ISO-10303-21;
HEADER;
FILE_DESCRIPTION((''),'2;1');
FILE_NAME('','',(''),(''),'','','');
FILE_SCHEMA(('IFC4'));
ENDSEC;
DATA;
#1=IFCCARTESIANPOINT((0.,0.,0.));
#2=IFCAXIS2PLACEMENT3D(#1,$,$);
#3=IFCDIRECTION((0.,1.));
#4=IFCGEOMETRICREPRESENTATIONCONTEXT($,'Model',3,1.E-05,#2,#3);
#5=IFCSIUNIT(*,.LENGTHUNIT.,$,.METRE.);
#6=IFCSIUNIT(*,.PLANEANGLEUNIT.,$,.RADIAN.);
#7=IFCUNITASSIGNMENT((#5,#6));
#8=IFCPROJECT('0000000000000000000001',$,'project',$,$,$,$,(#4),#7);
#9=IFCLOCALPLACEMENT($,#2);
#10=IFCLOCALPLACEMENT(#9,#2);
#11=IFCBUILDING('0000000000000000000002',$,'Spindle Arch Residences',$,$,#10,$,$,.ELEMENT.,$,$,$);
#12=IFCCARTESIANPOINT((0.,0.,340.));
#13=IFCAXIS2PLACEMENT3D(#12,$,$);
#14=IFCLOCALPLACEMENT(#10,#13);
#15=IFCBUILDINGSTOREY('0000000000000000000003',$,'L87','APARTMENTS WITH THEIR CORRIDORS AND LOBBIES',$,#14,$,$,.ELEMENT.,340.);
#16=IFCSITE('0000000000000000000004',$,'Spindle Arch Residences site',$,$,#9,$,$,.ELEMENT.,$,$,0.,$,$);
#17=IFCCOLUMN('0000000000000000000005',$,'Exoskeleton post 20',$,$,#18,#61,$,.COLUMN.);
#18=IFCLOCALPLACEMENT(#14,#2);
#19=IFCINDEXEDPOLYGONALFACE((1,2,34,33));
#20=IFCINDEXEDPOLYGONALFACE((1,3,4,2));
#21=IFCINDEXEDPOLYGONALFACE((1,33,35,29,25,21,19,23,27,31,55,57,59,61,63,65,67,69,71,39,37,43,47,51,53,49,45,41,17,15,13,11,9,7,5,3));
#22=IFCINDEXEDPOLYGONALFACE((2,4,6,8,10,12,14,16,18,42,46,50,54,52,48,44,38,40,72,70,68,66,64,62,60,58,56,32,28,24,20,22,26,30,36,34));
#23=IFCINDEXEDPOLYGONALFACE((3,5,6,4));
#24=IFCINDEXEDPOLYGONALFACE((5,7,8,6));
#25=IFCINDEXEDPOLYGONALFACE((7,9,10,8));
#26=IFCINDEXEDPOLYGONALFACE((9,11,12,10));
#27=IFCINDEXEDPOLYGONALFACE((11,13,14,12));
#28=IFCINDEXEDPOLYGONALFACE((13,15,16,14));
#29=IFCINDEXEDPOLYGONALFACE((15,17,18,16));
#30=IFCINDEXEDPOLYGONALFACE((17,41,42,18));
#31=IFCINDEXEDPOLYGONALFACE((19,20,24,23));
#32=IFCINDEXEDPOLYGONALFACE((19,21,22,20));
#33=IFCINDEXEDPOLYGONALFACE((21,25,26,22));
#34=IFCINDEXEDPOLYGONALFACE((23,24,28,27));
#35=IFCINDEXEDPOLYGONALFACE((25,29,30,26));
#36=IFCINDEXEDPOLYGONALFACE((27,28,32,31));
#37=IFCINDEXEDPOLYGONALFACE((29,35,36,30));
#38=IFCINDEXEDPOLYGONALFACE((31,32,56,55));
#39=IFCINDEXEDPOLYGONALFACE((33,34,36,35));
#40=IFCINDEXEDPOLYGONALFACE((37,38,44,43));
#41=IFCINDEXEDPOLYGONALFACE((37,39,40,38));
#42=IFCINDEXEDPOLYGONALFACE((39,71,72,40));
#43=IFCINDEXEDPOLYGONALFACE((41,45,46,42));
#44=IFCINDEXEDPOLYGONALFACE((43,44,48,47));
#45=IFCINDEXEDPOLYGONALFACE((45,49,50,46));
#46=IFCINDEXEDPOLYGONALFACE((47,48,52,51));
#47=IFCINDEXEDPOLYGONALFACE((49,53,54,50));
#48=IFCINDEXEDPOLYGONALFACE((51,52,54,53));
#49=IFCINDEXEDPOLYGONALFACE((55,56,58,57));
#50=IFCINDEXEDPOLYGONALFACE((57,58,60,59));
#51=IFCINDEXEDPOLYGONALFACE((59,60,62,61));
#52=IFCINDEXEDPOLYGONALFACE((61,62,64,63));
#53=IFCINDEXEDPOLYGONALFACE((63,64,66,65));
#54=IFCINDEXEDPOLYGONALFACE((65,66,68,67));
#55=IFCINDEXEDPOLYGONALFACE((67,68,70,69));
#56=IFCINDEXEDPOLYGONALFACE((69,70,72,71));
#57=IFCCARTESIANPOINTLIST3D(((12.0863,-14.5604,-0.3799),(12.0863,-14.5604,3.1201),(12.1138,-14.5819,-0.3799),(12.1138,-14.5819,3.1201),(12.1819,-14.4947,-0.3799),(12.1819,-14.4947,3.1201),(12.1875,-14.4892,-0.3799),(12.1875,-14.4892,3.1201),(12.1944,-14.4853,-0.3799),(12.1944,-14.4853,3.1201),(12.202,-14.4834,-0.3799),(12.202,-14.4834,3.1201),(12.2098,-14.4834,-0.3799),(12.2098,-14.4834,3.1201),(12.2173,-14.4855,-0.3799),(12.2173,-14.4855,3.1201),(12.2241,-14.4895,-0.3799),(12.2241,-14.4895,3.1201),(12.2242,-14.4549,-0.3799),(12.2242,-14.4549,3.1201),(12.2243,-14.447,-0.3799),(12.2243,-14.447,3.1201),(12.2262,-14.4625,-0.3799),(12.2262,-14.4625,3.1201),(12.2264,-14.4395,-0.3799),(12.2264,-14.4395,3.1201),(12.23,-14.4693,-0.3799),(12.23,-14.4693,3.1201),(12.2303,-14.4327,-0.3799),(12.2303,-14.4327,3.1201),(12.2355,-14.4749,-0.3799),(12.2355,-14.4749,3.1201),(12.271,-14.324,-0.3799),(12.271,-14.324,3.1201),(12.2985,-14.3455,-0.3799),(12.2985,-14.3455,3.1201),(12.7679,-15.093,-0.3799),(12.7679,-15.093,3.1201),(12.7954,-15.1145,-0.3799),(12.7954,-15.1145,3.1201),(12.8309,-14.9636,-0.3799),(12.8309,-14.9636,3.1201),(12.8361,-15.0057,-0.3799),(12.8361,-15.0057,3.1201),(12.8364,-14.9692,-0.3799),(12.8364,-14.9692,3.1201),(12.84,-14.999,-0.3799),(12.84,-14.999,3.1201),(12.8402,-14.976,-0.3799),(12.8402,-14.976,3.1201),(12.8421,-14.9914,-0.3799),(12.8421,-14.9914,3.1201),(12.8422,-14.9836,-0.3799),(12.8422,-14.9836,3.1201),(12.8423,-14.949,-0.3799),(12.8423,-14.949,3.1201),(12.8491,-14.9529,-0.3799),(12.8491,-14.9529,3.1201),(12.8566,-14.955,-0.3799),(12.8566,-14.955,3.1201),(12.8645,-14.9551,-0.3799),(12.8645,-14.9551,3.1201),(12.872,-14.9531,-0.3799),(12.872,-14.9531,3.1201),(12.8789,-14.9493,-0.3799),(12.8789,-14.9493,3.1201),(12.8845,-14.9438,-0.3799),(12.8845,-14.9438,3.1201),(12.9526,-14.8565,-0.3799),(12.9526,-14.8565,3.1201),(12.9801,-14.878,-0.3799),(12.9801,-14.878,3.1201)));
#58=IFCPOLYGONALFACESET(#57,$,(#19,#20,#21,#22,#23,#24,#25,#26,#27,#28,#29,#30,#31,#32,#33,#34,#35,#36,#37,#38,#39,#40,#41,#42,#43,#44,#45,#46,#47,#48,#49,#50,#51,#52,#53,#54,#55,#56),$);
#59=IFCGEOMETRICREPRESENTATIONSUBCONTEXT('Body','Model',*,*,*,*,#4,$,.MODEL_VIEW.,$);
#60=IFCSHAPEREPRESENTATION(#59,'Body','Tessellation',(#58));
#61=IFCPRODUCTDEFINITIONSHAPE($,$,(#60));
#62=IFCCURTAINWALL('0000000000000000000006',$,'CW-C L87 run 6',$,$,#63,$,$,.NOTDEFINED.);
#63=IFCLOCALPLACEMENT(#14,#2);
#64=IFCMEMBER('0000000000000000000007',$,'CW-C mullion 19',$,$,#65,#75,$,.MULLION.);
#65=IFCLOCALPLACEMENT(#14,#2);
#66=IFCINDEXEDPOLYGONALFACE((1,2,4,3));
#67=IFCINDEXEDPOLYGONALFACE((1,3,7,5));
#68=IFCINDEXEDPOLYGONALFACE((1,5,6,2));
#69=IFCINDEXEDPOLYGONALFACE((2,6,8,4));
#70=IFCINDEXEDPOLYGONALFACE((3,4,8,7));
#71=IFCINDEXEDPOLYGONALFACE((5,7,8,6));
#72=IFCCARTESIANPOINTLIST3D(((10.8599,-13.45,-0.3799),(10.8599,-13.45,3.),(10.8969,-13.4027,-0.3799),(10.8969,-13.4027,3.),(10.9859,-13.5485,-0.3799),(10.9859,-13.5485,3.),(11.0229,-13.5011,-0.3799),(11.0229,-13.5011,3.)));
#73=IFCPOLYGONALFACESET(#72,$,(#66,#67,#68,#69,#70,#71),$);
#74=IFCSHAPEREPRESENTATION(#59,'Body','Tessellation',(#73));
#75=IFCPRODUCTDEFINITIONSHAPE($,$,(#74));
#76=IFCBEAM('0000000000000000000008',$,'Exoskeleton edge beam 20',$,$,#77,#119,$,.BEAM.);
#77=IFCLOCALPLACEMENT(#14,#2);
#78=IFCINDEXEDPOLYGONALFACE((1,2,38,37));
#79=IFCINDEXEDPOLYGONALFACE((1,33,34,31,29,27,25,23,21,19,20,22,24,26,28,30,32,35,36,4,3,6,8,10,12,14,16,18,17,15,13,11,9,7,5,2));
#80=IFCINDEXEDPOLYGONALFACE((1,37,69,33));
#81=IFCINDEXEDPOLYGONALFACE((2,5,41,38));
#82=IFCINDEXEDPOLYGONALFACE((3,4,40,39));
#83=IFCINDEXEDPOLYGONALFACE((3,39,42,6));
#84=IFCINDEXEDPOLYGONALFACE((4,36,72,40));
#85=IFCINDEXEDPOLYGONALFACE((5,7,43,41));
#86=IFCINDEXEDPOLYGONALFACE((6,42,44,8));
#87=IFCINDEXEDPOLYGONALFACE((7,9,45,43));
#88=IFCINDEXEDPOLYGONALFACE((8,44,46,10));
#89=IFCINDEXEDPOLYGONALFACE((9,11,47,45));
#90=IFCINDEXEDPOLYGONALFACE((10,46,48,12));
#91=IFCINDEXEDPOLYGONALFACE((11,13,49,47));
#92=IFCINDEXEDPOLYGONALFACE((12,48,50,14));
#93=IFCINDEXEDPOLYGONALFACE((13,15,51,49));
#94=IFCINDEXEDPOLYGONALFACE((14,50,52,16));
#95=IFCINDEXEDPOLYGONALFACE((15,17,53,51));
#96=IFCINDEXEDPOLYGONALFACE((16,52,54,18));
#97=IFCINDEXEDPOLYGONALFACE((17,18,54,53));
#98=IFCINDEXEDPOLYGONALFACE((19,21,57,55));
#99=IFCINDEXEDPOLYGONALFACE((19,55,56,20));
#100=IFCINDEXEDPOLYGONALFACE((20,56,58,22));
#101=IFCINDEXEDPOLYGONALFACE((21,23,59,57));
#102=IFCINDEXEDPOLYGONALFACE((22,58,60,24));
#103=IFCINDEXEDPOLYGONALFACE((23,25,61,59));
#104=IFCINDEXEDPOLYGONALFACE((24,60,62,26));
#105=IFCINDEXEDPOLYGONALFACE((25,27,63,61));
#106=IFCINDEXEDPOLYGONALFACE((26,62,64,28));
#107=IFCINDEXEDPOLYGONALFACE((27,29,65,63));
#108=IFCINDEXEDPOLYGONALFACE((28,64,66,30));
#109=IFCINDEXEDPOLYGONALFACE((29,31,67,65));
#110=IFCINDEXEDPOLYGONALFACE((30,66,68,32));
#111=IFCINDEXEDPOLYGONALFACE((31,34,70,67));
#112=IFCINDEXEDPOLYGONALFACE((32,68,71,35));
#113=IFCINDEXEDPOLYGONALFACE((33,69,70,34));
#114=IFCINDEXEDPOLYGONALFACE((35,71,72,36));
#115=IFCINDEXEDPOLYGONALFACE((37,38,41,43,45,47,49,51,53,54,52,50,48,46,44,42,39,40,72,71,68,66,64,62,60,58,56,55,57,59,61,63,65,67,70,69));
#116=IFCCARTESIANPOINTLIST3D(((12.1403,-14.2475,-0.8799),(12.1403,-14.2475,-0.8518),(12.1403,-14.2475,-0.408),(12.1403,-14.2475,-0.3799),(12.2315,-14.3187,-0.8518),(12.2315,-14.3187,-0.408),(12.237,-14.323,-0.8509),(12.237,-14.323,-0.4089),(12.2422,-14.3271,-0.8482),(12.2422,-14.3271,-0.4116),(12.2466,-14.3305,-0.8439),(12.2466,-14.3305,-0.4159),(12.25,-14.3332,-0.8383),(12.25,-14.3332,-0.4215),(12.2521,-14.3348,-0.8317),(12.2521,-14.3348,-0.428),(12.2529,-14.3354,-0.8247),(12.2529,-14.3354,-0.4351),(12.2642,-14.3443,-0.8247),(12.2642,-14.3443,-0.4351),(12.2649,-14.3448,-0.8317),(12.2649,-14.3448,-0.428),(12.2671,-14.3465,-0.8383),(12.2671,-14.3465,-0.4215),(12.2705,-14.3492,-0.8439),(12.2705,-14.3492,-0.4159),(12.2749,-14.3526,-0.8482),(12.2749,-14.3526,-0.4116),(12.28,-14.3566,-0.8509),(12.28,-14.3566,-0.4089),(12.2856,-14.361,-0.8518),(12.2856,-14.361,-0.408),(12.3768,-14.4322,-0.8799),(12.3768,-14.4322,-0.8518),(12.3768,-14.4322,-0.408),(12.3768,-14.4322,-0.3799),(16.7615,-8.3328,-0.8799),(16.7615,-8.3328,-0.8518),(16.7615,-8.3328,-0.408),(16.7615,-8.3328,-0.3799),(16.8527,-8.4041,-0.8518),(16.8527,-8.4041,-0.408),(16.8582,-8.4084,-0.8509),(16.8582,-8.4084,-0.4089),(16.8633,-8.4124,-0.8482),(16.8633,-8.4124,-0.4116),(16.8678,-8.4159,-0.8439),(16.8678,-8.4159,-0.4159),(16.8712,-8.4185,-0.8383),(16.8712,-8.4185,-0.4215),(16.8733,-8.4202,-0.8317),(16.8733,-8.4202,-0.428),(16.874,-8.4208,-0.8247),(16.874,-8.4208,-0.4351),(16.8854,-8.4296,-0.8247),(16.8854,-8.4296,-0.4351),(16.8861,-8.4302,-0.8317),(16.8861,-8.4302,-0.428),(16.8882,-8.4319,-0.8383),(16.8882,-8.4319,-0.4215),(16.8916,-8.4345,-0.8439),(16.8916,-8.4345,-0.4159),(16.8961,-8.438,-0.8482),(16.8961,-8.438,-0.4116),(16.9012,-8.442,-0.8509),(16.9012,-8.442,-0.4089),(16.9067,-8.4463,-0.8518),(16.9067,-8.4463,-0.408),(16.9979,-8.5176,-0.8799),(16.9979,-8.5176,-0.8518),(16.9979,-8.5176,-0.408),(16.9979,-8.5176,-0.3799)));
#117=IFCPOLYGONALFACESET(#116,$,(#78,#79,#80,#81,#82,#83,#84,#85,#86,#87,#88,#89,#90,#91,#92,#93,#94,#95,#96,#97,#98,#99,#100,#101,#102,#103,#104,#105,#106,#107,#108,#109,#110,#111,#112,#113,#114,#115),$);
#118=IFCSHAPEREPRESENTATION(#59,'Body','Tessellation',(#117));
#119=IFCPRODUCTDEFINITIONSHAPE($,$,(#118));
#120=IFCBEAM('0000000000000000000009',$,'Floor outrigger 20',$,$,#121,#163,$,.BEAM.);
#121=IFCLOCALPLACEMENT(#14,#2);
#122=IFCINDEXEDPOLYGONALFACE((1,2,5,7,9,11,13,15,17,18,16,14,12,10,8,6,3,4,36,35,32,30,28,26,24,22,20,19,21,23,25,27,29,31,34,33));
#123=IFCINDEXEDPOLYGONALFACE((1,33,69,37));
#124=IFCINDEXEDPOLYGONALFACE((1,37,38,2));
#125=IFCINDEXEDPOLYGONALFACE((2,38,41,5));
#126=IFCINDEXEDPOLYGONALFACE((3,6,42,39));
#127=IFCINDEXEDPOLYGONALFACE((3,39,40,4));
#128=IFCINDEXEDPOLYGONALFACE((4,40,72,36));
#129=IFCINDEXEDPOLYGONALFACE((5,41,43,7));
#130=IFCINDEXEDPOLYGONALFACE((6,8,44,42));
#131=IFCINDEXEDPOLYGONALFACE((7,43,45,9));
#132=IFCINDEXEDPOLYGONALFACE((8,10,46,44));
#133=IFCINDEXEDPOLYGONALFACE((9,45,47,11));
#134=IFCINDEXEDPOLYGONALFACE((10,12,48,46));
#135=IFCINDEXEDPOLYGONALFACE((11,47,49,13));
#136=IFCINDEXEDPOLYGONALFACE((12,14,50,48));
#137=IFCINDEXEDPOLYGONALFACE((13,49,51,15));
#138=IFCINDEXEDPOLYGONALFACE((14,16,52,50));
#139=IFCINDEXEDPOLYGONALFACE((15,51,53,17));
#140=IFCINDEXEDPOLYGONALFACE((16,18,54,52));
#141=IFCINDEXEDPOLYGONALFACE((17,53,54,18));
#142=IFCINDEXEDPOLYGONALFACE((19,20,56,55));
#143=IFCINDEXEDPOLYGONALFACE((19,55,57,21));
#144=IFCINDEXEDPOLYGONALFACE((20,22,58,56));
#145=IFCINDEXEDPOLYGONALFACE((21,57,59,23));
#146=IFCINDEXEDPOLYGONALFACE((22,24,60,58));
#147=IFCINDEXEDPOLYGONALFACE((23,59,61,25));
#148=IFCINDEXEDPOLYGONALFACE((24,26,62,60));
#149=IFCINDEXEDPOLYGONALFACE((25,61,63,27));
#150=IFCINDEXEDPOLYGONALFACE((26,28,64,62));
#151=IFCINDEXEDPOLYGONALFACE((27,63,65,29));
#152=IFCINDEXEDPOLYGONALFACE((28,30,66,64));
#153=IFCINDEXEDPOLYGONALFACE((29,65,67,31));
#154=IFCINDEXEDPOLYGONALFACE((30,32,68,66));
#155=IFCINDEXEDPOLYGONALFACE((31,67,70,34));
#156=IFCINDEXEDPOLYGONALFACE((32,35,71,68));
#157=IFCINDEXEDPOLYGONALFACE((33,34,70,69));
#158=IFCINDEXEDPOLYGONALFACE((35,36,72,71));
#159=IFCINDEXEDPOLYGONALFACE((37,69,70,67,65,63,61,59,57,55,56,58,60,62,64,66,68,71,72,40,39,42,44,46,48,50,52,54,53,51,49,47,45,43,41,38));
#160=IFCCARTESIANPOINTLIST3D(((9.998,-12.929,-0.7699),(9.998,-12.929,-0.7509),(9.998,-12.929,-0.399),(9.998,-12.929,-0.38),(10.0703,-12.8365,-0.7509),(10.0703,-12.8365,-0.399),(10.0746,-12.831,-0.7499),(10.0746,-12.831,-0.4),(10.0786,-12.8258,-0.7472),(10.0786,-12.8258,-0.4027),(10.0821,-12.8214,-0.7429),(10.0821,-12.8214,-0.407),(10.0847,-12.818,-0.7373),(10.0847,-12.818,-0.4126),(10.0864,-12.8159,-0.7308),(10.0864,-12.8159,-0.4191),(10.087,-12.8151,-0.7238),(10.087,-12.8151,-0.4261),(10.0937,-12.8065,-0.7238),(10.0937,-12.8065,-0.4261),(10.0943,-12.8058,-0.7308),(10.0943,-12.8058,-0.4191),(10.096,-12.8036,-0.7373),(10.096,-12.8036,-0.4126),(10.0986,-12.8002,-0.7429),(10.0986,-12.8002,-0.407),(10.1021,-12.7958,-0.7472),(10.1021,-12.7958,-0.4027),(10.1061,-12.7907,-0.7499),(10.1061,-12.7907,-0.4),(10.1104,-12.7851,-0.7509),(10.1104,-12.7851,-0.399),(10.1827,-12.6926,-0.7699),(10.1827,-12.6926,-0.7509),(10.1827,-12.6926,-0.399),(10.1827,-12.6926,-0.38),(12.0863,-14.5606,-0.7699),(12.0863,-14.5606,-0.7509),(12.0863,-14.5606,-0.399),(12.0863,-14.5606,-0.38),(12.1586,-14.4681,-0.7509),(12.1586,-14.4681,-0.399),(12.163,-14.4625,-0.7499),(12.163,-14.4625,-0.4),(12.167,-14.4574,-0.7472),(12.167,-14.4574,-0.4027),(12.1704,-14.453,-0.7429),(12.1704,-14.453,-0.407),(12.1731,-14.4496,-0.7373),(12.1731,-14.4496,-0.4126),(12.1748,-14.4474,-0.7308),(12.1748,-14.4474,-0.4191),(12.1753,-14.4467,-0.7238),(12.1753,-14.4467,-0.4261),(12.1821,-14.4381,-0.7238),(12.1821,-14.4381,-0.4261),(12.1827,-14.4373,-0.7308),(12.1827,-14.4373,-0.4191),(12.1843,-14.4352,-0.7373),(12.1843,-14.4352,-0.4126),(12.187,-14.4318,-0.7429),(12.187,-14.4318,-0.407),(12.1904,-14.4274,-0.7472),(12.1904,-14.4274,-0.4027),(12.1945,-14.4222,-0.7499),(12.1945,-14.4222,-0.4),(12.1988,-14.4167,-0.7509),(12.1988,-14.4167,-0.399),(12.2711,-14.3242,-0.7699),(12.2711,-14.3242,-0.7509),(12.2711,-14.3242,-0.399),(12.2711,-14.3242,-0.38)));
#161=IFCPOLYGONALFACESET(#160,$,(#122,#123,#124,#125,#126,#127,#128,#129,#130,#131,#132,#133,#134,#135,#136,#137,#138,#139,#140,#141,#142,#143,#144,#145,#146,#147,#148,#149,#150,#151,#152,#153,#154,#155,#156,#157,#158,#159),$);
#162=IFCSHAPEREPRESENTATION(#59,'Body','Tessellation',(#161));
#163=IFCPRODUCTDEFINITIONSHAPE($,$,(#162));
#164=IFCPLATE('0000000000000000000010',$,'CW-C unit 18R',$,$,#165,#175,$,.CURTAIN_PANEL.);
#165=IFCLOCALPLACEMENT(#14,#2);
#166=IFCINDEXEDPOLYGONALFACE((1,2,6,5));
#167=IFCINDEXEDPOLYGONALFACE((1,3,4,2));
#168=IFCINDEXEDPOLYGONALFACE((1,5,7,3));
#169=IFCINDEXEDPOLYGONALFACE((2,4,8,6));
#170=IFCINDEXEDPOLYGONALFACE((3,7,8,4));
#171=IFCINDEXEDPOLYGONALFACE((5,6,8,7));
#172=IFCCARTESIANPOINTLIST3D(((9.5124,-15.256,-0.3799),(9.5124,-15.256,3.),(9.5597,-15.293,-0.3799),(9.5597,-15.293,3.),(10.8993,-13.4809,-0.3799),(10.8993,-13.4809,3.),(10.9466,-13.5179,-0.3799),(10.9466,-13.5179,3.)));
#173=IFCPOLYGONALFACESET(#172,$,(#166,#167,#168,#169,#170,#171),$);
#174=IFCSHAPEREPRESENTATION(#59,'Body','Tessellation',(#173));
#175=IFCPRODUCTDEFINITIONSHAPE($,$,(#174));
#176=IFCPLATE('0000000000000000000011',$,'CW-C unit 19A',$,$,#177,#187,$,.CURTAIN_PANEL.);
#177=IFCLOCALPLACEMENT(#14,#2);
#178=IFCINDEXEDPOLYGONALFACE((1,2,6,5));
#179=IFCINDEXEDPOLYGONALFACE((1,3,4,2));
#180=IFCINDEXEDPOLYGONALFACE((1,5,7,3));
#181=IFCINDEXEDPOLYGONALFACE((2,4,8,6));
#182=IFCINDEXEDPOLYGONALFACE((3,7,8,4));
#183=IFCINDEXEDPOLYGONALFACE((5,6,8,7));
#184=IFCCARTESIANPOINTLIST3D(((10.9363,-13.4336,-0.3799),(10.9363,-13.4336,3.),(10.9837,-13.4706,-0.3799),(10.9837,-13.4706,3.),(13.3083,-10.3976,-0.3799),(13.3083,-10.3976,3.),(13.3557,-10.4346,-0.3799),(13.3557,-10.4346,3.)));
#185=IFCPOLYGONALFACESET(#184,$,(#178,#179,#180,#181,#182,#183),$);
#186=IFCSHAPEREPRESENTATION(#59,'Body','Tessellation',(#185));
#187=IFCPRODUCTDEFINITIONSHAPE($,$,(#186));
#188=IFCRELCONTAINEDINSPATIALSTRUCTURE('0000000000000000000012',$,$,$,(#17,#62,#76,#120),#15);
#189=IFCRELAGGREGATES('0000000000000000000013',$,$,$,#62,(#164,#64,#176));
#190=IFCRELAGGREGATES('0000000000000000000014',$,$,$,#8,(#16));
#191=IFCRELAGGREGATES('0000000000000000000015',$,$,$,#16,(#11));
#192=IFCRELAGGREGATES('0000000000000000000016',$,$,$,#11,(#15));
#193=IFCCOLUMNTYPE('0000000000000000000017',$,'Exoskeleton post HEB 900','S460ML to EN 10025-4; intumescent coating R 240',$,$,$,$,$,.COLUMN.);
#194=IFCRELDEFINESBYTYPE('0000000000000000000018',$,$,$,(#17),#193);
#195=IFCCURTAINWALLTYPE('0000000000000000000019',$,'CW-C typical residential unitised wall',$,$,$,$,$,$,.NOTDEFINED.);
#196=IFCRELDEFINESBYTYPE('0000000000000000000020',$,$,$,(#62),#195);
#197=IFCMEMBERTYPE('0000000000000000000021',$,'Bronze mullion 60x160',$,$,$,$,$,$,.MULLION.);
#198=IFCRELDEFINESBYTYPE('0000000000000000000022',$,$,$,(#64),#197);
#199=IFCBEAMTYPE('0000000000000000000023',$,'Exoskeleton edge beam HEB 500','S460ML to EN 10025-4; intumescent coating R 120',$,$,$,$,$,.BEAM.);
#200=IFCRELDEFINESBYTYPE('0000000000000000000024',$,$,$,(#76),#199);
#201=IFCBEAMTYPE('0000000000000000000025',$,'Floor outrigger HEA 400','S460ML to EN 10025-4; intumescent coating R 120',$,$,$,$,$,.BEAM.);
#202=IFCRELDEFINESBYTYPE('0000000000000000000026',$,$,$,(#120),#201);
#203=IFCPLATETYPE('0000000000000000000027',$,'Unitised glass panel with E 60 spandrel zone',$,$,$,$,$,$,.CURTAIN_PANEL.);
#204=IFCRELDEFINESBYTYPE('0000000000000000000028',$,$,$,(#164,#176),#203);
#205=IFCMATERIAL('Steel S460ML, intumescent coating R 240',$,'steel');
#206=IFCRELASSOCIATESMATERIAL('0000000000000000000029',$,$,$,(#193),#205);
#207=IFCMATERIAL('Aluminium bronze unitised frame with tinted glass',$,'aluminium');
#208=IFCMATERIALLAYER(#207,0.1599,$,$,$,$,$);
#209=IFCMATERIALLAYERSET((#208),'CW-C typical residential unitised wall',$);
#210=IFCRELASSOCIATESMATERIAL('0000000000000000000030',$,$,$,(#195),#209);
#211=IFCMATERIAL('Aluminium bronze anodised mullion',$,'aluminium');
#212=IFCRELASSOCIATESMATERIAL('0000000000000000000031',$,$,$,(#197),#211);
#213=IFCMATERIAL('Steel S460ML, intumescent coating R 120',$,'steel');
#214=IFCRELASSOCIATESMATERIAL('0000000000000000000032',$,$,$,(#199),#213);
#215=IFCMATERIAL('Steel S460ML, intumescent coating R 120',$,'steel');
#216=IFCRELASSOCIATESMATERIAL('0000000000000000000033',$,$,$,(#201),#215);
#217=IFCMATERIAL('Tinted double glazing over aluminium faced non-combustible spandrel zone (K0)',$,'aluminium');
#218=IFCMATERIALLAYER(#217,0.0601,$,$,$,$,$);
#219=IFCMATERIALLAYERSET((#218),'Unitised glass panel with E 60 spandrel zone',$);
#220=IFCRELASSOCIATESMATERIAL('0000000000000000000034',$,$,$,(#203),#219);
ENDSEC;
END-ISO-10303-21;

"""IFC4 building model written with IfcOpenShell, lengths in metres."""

from ifc_helpers import new_model, si_unit, direction, frame, origin, origin_2d, place, context, subcontext, project, spatial, rectangle, i_section, extrude, material, layer, layer_set, material_profile, profile_set, type_object, element, aggregate, save


model = new_model("IFC4")

# Units and contexts
model_context = context("Model", 3, precision=1e-05, world=origin(), true_north=direction((0.0, 1.0)))
body_context = subcontext(model_context, "Body", "Model", "MODEL_VIEW")
ifc_project = project(units=[si_unit("LENGTHUNIT", "METRE"), si_unit("PLANEANGLEUNIT", "RADIAN")], contexts=[model_context])

# Site, building, storey
site_placement = place(None, origin())
site = spatial("IfcSite", under=ifc_project, at=site_placement, Name="Spindle Arch Residences site", CompositionType="ELEMENT", RefElevation=0.0)
building_placement = place(site_placement, origin())
building = spatial("IfcBuilding", under=site, at=building_placement, Name="Spindle Arch Residences", CompositionType="ELEMENT")
storey_placement = place(building_placement, frame((0.0, 0.0, 340.0)))
storey = spatial("IfcBuildingStorey", under=building, at=storey_placement, Name="L87", Description="APARTMENTS WITH THEIR CORRIDORS AND LOBBIES", CompositionType="ELEMENT", Elevation=340.0)

# Column
ifc_material_1 = material(Name="Steel S460ML, intumescent coating R 240", Category="steel")
ifc_material_profile_1 = material_profile(ifc_material_1, i_section(OverallWidth=0.3, OverallDepth=0.8999, WebThickness=0.0186, FlangeThickness=0.0349, FilletRadius=0.03, at=origin_2d()), Name="HEB 900")
ifc_profile_set_1 = profile_set([ifc_material_profile_1], Name="Steel S460ML, intumescent coating R 240")
column_type = type_object("IfcColumnType", Name="Exoskeleton post HEB 900", Description="S460ML to EN 10025-4; intumescent coating R 240", PredefinedType="COLUMN", material=ifc_profile_set_1)
column_placement = place(storey_placement, frame((12.5332, -14.7192, -0.3799), z_axis=(0.0, 0.0, 1.0), x_axis=(-0.615661, -0.788011, 0.0)))
element("IfcColumn", 1, at=column_placement, inside=storey, type_object=column_type, Name="Exoskeleton post 20", PredefinedType="COLUMN", context=body_context, shape_type="SweptSolid", body=[
    extrude(i_section(OverallWidth=0.3, OverallDepth=0.8999, WebThickness=0.0186, FlangeThickness=0.0349, FilletRadius=0.03, at=origin_2d()), origin(), (0.0, 0.0, 1.0), 3.5),
])

# Curtain wall, member
ifc_material_2 = material(Name="Aluminium bronze unitised frame with tinted glass", Category="aluminium")
ifc_layer_1 = layer(ifc_material_2, 0.1599)
ifc_layer_set_1 = layer_set([ifc_layer_1], Name="CW-C typical residential unitised wall")
curtain_wall_type = type_object("IfcCurtainWallType", Name="CW-C typical residential unitised wall", PredefinedType="NOTDEFINED", material=ifc_layer_set_1)
curtain_wall_placement = place(storey_placement, origin())
curtain_wall = element("IfcCurtainWall", 2, at=curtain_wall_placement, inside=storey, type_object=curtain_wall_type, Name="CW-C L87 run 6", PredefinedType="NOTDEFINED")
ifc_material_3 = material(Name="Aluminium bronze anodised mullion", Category="aluminium")
ifc_material_profile_2 = material_profile(ifc_material_3, rectangle(XDim=0.1599, YDim=0.0601, at=origin_2d()), Name="MU 60x160")
ifc_profile_set_2 = profile_set([ifc_material_profile_2], Name="Aluminium bronze anodised mullion")
member_type = type_object("IfcMemberType", Name="Bronze mullion 60x160", PredefinedType="MULLION", material=ifc_profile_set_2)
member_placement = place(storey_placement, frame((10.9414, -13.4756, -0.3799), z_axis=(0.0, 0.0, 1.0), x_axis=(-0.788011, 0.615661, 0.0)))
member = element("IfcMember", 3, at=member_placement, type_object=member_type, Name="CW-C mullion 19", PredefinedType="MULLION", context=body_context, shape_type="SweptSolid", body=[
    extrude(rectangle(XDim=0.1599, YDim=0.0601, at=origin_2d()), origin(), (0.0, 0.0, 1.0), 3.3799),
])

# Beams
ifc_material_4 = material(Name="Steel S460ML, intumescent coating R 120", Category="steel")
ifc_material_profile_3 = material_profile(ifc_material_4, i_section(OverallWidth=0.3, OverallDepth=0.5, WebThickness=0.0144, FlangeThickness=0.0281, FilletRadius=0.0271, at=origin_2d()), Name="HEB 500")
ifc_profile_set_3 = profile_set([ifc_material_profile_3], Name="Steel S460ML, intumescent coating R 120")
beam_type_1 = type_object("IfcBeamType", Name="Exoskeleton edge beam HEB 500", Description="S460ML to EN 10025-4; intumescent coating R 120", PredefinedType="BEAM", material=ifc_profile_set_3)
beam_1_placement = place(storey_placement, frame((12.2585, -14.3398, -0.6299), z_axis=(0.615673, 0.788002, 0.0), x_axis=(-0.788002, 0.615673, 0.0)))
element("IfcBeam", 4, at=beam_1_placement, inside=storey, type_object=beam_type_1, Name="Exoskeleton edge beam 20", PredefinedType="BEAM", context=body_context, shape_type="SweptSolid", body=[
    extrude(i_section(OverallWidth=0.3, OverallDepth=0.5, WebThickness=0.0144, FlangeThickness=0.0281, FilletRadius=0.0271, at=origin_2d()), origin(), (0.0, 0.0, 1.0), 7.5059),
])
ifc_material_5 = material(Name="Steel S460ML, intumescent coating R 120", Category="steel")
ifc_material_profile_4 = material_profile(ifc_material_5, i_section(OverallWidth=0.3, OverallDepth=0.3899, WebThickness=0.011, FlangeThickness=0.019, FilletRadius=0.0271, at=origin_2d()), Name="HEA 400")
ifc_profile_set_4 = profile_set([ifc_material_profile_4], Name="Steel S460ML, intumescent coating R 120")
beam_type_2 = type_object("IfcBeamType", Name="Floor outrigger HEA 400", Description="S460ML to EN 10025-4; intumescent coating R 120", PredefinedType="BEAM", material=ifc_profile_set_4)
beam_2_placement = place(storey_placement, frame((12.1787, -14.4424, -0.575), z_axis=(-0.788016, 0.615655, 0.0), x_axis=(-0.615655, -0.788016, 0.0)))
element("IfcBeam", 5, at=beam_2_placement, inside=storey, type_object=beam_type_2, Name="Floor outrigger 20", PredefinedType="BEAM", context=body_context, shape_type="SweptSolid", body=[
    extrude(i_section(OverallWidth=0.3, OverallDepth=0.3899, WebThickness=0.011, FlangeThickness=0.019, FilletRadius=0.0271, at=origin_2d()), origin(), (0.0, 0.0, 1.0), 2.6501),
])

# Plates
ifc_material_6 = material(Name="Tinted double glazing over aluminium faced non-combustible spandrel zone (K0)", Category="aluminium")
ifc_layer_2 = layer(ifc_material_6, 0.0601)
ifc_layer_set_2 = layer_set([ifc_layer_2], Name="Unitised glass panel with E 60 spandrel zone")
plate_type = type_object("IfcPlateType", Name="Unitised glass panel with E 60 spandrel zone", PredefinedType="CURTAIN_PANEL", material=ifc_layer_set_2)
plate_1_placement = place(storey_placement, frame((10.2295, -14.387, -0.3799), z_axis=(0.0, 0.0, 1.0), x_axis=(0.615661, 0.788011, 0.0)))
plate_1 = element("IfcPlate", 6, at=plate_1_placement, type_object=plate_type, Name="CW-C unit 18R", PredefinedType="CURTAIN_PANEL", context=body_context, shape_type="SweptSolid", body=[
    extrude(rectangle(XDim=2.2527, YDim=0.0601, at=origin_2d()), origin(), (0.0, 0.0, 1.0), 3.3799),
])
plate_2_placement = place(storey_placement, frame((12.146, -11.9341, -0.3799), z_axis=(0.0, 0.0, 1.0), x_axis=(0.615661, 0.788011, 0.0)))
plate_2 = element("IfcPlate", 7, at=plate_2_placement, type_object=plate_type, Name="CW-C unit 19A", PredefinedType="CURTAIN_PANEL", context=body_context, shape_type="SweptSolid", body=[
    extrude(rectangle(XDim=3.8528, YDim=0.0601, at=origin_2d()), origin(), (0.0, 0.0, 1.0), 3.3799),
])
aggregate(curtain_wall, [plate_1, member, plate_2])

save(model, "model.ifc")
